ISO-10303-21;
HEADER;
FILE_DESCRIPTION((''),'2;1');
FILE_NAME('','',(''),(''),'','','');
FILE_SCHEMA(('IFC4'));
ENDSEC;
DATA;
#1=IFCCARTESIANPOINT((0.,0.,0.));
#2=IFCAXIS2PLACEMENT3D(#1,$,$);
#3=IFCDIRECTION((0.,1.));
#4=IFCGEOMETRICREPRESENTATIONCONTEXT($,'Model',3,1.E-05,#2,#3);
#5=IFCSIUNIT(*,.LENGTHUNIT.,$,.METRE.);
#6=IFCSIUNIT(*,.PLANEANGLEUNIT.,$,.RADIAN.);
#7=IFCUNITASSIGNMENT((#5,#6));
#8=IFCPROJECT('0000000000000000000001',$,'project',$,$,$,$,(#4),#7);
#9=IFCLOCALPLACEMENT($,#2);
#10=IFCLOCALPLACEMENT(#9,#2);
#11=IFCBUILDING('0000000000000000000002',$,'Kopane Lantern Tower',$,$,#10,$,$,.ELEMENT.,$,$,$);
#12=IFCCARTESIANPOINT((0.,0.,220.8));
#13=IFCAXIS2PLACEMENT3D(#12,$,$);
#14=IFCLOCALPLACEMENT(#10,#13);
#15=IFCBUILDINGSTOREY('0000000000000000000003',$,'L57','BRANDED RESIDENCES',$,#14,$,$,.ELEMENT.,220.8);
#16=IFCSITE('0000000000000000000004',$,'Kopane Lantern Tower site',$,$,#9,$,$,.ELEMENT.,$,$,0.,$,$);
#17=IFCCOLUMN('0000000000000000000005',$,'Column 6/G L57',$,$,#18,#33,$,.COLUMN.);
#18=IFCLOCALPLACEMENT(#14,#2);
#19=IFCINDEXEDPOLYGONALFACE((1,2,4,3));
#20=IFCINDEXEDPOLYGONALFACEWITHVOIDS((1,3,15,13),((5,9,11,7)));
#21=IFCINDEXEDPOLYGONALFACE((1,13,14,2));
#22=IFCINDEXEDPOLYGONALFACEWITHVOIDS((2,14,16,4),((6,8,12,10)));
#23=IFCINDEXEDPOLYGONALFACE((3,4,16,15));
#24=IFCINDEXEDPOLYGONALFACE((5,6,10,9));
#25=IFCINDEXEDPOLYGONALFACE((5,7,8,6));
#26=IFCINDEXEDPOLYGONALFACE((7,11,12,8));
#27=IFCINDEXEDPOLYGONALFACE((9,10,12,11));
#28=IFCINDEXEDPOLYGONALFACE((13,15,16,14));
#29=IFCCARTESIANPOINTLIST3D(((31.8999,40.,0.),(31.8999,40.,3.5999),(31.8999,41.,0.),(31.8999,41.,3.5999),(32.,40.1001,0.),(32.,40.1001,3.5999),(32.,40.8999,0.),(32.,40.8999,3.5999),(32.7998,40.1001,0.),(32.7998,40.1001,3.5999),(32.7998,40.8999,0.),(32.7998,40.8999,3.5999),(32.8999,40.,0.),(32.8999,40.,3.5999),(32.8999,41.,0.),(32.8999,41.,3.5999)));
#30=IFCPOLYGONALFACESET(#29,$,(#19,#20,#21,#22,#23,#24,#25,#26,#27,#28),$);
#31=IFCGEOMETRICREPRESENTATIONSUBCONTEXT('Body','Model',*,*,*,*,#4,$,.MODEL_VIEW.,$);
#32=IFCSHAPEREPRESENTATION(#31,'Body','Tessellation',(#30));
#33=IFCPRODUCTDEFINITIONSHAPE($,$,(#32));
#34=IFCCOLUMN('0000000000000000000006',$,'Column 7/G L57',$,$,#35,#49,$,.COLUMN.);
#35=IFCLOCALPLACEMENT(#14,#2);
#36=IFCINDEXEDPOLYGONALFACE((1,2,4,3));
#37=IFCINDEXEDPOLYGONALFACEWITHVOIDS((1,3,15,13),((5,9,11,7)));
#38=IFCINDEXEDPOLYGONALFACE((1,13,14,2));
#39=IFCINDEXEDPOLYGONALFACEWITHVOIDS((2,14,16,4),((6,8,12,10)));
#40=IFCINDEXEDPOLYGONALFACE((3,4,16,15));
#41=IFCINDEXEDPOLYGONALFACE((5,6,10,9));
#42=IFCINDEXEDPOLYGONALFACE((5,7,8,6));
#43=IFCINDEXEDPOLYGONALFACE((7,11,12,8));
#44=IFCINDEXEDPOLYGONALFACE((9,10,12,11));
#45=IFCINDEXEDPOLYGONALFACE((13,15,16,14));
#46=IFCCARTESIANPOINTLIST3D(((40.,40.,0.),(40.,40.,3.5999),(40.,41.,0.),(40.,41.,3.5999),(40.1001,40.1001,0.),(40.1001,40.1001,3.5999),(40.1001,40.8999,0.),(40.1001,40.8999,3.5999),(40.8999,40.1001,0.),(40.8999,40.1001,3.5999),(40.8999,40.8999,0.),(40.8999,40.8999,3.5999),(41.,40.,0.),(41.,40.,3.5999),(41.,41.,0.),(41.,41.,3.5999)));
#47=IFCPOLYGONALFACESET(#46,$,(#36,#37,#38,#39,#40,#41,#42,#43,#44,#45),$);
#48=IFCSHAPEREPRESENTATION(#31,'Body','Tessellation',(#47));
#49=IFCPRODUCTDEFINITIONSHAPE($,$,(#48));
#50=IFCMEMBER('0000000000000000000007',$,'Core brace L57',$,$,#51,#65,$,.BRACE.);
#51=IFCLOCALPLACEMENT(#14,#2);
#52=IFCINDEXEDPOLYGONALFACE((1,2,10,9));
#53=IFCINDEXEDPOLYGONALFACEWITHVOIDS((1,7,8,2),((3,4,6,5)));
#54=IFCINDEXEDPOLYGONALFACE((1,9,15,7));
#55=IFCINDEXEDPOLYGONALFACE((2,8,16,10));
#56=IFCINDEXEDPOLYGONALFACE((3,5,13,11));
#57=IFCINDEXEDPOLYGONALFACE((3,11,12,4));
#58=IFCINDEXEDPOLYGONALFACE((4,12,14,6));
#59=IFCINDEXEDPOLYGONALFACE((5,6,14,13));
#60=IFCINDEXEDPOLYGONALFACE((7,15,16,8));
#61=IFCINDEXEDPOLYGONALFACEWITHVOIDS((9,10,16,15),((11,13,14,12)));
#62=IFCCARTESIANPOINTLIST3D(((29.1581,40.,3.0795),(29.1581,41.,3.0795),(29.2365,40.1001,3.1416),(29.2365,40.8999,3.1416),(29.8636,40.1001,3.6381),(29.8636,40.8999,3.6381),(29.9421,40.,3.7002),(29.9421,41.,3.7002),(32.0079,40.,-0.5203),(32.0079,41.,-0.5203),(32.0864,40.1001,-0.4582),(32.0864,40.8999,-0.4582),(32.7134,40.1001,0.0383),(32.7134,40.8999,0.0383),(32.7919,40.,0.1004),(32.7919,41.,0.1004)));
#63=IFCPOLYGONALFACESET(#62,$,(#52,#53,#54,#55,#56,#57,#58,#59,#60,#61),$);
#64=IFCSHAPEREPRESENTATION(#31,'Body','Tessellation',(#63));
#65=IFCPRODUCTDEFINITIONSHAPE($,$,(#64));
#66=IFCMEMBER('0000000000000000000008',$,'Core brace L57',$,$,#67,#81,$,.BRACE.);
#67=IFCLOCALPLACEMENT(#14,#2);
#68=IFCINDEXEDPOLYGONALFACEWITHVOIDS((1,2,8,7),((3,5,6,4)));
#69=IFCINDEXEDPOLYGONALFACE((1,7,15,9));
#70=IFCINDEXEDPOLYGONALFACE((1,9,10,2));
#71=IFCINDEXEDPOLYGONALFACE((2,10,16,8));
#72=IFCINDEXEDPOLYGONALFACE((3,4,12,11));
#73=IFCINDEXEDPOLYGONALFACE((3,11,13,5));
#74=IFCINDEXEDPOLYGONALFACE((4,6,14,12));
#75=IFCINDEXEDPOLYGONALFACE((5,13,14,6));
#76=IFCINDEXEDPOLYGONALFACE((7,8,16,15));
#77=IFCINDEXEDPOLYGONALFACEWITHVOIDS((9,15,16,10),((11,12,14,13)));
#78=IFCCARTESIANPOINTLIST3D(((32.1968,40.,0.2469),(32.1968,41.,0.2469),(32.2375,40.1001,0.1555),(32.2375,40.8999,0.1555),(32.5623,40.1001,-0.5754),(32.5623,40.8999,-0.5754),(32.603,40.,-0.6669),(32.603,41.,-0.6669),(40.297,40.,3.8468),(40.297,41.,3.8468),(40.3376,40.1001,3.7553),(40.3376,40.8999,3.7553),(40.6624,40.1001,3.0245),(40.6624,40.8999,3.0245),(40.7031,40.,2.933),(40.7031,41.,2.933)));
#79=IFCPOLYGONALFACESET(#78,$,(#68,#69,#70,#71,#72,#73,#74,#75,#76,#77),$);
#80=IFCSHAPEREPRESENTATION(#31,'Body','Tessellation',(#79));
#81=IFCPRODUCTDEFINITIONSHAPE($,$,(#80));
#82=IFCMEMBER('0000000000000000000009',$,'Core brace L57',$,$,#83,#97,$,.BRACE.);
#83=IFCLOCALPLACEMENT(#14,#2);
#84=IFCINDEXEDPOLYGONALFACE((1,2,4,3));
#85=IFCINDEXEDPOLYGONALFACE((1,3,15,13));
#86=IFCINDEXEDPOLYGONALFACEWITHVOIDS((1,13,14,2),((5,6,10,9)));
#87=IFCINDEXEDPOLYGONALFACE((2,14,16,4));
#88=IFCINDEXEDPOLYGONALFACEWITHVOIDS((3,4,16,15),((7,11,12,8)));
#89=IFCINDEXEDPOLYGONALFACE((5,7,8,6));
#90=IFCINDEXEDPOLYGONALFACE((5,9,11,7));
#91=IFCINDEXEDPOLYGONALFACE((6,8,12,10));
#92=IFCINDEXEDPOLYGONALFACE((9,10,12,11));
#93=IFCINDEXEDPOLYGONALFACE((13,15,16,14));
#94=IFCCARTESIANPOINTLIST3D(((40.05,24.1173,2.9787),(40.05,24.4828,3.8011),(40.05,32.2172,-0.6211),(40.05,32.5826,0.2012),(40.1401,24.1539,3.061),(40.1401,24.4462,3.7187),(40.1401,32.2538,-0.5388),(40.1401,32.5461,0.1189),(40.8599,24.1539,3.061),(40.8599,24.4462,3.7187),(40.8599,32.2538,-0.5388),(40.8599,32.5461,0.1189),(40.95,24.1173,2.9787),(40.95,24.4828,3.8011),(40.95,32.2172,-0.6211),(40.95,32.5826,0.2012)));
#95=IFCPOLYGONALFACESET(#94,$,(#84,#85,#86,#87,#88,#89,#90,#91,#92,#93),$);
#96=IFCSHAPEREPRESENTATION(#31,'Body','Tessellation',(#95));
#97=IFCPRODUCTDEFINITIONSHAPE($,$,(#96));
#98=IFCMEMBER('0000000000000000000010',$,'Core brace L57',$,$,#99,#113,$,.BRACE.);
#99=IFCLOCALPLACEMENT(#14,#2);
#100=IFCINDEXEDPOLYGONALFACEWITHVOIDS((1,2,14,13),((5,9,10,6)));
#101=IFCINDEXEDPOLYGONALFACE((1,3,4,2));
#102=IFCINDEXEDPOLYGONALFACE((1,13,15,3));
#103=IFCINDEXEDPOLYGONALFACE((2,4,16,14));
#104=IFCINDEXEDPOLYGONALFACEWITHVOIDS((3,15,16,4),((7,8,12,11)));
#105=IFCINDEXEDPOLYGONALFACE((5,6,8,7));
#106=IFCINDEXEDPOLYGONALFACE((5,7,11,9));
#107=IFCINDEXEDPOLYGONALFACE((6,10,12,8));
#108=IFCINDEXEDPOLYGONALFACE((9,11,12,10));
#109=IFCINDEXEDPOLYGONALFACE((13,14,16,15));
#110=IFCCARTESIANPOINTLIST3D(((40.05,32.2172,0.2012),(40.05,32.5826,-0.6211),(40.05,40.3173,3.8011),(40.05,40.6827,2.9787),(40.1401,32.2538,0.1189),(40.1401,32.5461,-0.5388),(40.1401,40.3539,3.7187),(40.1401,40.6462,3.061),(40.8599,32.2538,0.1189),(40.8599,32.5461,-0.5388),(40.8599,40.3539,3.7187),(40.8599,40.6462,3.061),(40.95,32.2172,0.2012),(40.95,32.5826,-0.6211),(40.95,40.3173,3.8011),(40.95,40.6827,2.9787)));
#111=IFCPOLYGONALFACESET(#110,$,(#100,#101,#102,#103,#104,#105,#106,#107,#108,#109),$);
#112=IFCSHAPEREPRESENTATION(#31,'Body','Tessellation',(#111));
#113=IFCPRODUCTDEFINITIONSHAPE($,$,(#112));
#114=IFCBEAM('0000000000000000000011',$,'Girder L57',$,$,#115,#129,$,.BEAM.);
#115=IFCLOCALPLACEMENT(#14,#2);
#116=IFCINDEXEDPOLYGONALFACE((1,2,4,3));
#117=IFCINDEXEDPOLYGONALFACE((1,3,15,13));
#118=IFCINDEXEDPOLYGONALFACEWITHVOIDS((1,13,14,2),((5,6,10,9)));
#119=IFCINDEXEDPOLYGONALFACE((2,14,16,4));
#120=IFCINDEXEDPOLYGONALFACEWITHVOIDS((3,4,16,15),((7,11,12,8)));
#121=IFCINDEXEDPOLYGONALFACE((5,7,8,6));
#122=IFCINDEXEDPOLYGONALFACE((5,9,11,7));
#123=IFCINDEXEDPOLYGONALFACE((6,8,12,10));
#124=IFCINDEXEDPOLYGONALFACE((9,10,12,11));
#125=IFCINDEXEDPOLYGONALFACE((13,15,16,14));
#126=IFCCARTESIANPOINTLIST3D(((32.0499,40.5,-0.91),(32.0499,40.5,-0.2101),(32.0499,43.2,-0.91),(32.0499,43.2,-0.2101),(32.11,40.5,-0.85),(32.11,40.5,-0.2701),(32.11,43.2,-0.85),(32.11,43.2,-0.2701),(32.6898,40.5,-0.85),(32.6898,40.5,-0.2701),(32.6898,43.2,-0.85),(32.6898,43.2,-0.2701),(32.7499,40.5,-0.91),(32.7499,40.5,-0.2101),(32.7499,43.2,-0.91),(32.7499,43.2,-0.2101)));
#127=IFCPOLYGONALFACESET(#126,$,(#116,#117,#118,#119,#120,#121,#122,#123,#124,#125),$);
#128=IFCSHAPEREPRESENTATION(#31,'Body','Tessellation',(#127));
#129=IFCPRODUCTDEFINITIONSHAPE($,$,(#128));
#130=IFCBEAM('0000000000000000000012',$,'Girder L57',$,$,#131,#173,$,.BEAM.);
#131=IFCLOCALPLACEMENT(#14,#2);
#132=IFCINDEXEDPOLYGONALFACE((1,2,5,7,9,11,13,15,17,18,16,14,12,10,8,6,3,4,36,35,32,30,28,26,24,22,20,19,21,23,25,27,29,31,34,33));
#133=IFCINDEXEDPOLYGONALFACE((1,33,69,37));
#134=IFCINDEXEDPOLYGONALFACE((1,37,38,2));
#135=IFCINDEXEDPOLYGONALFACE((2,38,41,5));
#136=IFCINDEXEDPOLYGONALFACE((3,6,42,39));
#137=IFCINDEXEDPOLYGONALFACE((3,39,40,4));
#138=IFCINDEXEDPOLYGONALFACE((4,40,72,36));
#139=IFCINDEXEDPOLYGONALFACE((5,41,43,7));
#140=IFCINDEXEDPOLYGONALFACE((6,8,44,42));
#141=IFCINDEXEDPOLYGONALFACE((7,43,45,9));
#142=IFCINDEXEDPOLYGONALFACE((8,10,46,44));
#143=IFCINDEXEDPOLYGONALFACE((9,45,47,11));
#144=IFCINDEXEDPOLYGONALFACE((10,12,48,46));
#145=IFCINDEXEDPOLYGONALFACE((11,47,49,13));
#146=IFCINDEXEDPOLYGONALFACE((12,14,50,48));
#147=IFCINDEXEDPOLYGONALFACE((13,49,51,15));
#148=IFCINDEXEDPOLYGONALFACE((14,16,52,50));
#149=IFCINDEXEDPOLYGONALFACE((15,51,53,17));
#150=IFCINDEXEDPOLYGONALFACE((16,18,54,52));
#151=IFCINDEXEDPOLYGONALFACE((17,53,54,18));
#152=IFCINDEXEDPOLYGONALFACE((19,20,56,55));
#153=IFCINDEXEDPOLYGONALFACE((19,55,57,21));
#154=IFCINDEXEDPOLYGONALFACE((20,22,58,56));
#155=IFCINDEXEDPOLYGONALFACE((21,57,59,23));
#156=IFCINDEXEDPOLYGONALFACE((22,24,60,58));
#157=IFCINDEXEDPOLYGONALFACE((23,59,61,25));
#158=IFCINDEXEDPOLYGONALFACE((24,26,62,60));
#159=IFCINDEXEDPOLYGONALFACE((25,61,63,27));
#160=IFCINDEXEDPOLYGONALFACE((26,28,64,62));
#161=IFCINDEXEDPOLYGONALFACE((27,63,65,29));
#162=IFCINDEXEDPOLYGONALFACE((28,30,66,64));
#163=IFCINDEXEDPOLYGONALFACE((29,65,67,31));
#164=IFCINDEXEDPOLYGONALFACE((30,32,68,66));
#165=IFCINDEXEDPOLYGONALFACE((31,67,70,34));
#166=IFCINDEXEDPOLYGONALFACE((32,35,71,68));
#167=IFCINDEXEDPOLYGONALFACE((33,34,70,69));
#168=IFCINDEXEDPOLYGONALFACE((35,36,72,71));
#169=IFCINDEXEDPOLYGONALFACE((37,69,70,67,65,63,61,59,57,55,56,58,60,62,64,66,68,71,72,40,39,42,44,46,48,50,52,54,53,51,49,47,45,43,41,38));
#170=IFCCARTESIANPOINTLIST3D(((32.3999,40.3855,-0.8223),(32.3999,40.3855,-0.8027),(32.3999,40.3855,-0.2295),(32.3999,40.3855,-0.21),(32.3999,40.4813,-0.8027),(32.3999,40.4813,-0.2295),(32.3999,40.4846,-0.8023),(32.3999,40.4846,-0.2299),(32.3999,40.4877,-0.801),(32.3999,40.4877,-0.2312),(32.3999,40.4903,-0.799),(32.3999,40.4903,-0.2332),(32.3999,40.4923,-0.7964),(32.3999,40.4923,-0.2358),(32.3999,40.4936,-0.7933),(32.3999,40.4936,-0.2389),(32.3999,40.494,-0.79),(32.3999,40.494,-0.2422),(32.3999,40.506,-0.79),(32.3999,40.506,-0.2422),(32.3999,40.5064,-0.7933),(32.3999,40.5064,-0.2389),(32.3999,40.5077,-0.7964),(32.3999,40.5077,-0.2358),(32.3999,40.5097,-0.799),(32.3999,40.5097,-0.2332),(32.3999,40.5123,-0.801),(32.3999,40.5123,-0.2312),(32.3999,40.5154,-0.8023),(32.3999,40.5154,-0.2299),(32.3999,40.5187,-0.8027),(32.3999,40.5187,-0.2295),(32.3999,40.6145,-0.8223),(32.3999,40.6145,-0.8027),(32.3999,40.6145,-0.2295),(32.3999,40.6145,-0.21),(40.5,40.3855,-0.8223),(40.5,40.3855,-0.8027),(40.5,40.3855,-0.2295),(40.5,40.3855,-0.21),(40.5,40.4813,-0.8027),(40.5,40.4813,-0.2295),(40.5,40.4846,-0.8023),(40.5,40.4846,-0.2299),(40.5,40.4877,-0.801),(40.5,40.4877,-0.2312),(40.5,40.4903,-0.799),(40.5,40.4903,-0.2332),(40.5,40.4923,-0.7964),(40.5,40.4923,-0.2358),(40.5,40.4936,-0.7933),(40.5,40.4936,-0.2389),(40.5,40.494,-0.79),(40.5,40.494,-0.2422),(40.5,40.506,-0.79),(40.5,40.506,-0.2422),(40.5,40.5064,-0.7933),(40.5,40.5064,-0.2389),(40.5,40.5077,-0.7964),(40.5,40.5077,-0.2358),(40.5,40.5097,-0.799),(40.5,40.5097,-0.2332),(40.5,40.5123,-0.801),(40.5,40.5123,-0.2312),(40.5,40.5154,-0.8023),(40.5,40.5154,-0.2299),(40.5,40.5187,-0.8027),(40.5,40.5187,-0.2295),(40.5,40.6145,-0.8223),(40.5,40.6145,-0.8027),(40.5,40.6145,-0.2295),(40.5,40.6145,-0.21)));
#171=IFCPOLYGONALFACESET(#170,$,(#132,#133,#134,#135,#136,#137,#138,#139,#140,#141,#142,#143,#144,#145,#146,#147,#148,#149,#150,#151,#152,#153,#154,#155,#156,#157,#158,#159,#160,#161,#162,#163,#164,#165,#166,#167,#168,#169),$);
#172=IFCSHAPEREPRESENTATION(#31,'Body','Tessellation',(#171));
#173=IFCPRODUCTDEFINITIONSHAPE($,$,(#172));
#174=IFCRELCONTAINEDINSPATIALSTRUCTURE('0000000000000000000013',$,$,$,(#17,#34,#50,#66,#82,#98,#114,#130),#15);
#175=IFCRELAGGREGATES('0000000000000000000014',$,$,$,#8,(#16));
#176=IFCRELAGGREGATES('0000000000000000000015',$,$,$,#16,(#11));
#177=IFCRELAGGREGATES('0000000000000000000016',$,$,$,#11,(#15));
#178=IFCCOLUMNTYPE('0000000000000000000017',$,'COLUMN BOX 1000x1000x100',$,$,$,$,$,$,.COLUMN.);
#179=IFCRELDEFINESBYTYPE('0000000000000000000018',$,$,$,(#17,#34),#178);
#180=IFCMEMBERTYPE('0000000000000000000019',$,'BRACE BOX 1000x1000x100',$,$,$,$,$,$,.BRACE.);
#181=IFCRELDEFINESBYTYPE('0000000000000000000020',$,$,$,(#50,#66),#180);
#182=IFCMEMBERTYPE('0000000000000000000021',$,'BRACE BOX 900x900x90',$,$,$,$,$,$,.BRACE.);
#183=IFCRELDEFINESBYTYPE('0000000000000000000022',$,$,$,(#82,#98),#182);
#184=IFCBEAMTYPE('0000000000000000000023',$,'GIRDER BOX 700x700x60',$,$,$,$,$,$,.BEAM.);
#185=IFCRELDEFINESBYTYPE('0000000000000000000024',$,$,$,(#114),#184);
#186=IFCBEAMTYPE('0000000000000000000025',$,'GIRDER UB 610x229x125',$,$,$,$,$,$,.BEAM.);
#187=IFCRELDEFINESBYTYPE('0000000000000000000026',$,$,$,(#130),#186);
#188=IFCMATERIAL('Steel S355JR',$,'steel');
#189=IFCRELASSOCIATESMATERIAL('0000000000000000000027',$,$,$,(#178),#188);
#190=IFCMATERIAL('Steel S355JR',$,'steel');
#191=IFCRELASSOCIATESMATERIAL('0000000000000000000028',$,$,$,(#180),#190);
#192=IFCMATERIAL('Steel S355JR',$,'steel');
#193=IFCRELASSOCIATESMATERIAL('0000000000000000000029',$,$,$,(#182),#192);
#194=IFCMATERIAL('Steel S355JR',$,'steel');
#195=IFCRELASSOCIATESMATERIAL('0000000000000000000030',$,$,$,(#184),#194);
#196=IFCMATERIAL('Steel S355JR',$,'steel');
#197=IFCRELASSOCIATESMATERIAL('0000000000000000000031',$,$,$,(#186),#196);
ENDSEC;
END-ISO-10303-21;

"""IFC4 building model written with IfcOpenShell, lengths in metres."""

from ifc_helpers import new_model, si_unit, direction, frame, origin, origin_2d, place, context, subcontext, project, spatial, hollow_rectangle, i_section, extrude, material, material_profile, profile_set, type_object, element, save


model = new_model("IFC4")

# Units and contexts
model_context = context("Model", 3, precision=1e-05, world=origin(), true_north=direction((0.0, 1.0)))
body_context = subcontext(model_context, "Body", "Model", "MODEL_VIEW")
ifc_project = project(units=[si_unit("LENGTHUNIT", "METRE"), si_unit("PLANEANGLEUNIT", "RADIAN")], contexts=[model_context])

# Site, building, storey
site_placement = place(None, origin())
site = spatial("IfcSite", under=ifc_project, at=site_placement, Name="Kopane Lantern Tower site", CompositionType="ELEMENT", RefElevation=0.0)
building_placement = place(site_placement, origin())
building = spatial("IfcBuilding", under=site, at=building_placement, Name="Kopane Lantern Tower", CompositionType="ELEMENT")
storey_placement = place(building_placement, frame((0.0, 0.0, 220.8)))
storey = spatial("IfcBuildingStorey", under=building, at=storey_placement, Name="L57", Description="BRANDED RESIDENCES", CompositionType="ELEMENT", Elevation=220.8)

# Columns
ifc_material_1 = material(Name="Steel S355JR", Category="steel")
ifc_material_profile_1 = material_profile(ifc_material_1, hollow_rectangle(XDim=1.0, YDim=1.0, WallThickness=0.1001, at=origin_2d()), Name="BOX 1000x1000x100")
ifc_profile_set_1 = profile_set([ifc_material_profile_1], Name="Steel S355JR")
column_type = type_object("IfcColumnType", Name="COLUMN BOX 1000x1000x100", PredefinedType="COLUMN", material=ifc_profile_set_1)
for number, where, z_axis, x_axis, name in (
    (1, (32.3999, 40.5, 0.0), (0.0, 0.0, 1.0), (1.0, 0.0, 0.0), "Column 6/G L57"),
    (2, (40.5, 40.5, 0.0), (0.0, 0.0, 1.0), (1.0, 0.0, 0.0), "Column 7/G L57"),
):
    element("IfcColumn", number, at=place(storey_placement, frame(where, z_axis=z_axis, x_axis=x_axis)), inside=storey, type_object=column_type, Name=name, PredefinedType="COLUMN", context=body_context, shape_type="SweptSolid", body=[
        extrude(hollow_rectangle(XDim=1.0, YDim=1.0, WallThickness=0.1001, at=origin_2d()), origin(), (0.0, 0.0, 1.0), 3.5999),
    ])

# Members
ifc_material_2 = material(Name="Steel S355JR", Category="steel")
ifc_material_profile_2 = material_profile(ifc_material_2, hollow_rectangle(XDim=1.0, YDim=1.0, WallThickness=0.1001, at=origin_2d()), Name="BOX 1000x1000x100")
ifc_profile_set_2 = profile_set([ifc_material_profile_2], Name="Steel S355JR")
member_type_1 = type_object("IfcMemberType", Name="BRACE BOX 1000x1000x100", PredefinedType="BRACE", material=ifc_profile_set_2)
member_1_placement = place(storey_placement, frame((32.3999, 40.5, -0.21), z_axis=(-0.620699, 0.0, 0.784049), x_axis=(0.0, -1.0, 0.0)))
element("IfcMember", 3, at=member_1_placement, inside=storey, type_object=member_type_1, Name="Core brace L57", PredefinedType="BRACE", context=body_context, shape_type="SweptSolid", body=[
    extrude(hollow_rectangle(XDim=1.0, YDim=1.0, WallThickness=0.1001, at=origin_2d()), origin(), (0.0, 0.0, 1.0), 4.5913),
])
member_2_placement = place(storey_placement, frame((32.3999, 40.5, -0.21), z_axis=(0.913819, 0.0, 0.406121), x_axis=(0.0, 1.0, 0.0)))
element("IfcMember", 4, at=member_2_placement, inside=storey, type_object=member_type_1, Name="Core brace L57", PredefinedType="BRACE", context=body_context, shape_type="SweptSolid", body=[
    extrude(hollow_rectangle(XDim=1.0, YDim=1.0, WallThickness=0.1001, at=origin_2d()), origin(), (0.0, 0.0, 1.0), 8.864),
])
ifc_material_3 = material(Name="Steel S355JR", Category="steel")
ifc_material_profile_3 = material_profile(ifc_material_3, hollow_rectangle(XDim=0.8999, YDim=0.8999, WallThickness=0.0901, at=origin_2d()), Name="BOX 900x900x90")
ifc_profile_set_3 = profile_set([ifc_material_profile_3], Name="Steel S355JR")
member_type_2 = type_object("IfcMemberType", Name="BRACE BOX 900x900x90", PredefinedType="BRACE", material=ifc_profile_set_3)
member_3_placement = place(storey_placement, frame((40.5, 32.3999, -0.21), z_axis=(0.0, -0.913815, 0.406131), x_axis=(1.0, 0.0, 0.0)))
element("IfcMember", 5, at=member_3_placement, inside=storey, type_object=member_type_2, Name="Core brace L57", PredefinedType="BRACE", context=body_context, shape_type="SweptSolid", body=[
    extrude(hollow_rectangle(XDim=0.8999, YDim=0.8999, WallThickness=0.0901, at=origin_2d()), origin(), (0.0, 0.0, 1.0), 8.8638),
])
member_4_placement = place(storey_placement, frame((40.5, 32.3999, -0.21), z_axis=(0.0, 0.913819, 0.406121), x_axis=(-1.0, 0.0, 0.0)))
element("IfcMember", 6, at=member_4_placement, inside=storey, type_object=member_type_2, Name="Core brace L57", PredefinedType="BRACE", context=body_context, shape_type="SweptSolid", body=[
    extrude(hollow_rectangle(XDim=0.8999, YDim=0.8999, WallThickness=0.0901, at=origin_2d()), origin(), (0.0, 0.0, 1.0), 8.864),
])

# Beams
ifc_material_4 = material(Name="Steel S355JR", Category="steel")
ifc_material_profile_4 = material_profile(ifc_material_4, hollow_rectangle(XDim=0.7, YDim=0.7, WallThickness=0.0601, at=origin_2d()), Name="BOX 700x700x60")
ifc_profile_set_4 = profile_set([ifc_material_profile_4], Name="Steel S355JR")
beam_type_1 = type_object("IfcBeamType", Name="GIRDER BOX 700x700x60", PredefinedType="BEAM", material=ifc_profile_set_4)
beam_placement = place(storey_placement, frame((32.3999, 40.5, -0.5601), z_axis=(0.0, 1.0, 0.0), x_axis=(-1.0, 0.0, 0.0)))
element("IfcBeam", 7, at=beam_placement, inside=storey, type_object=beam_type_1, Name="Girder L57", PredefinedType="BEAM", context=body_context, shape_type="SweptSolid", body=[
    extrude(hollow_rectangle(XDim=0.7, YDim=0.7, WallThickness=0.0601, at=origin_2d()), origin(), (0.0, 0.0, 1.0), 2.7),
])
ifc_material_5 = material(Name="Steel S355JR", Category="steel")
ifc_material_profile_5 = material_profile(ifc_material_5, i_section(OverallWidth=0.229, OverallDepth=0.6123, WebThickness=0.012, FlangeThickness=0.0195, FilletRadius=0.0127, at=origin_2d()), Name="UB 610x229x125")
ifc_profile_set_5 = profile_set([ifc_material_profile_5], Name="Steel S355JR")
beam_type_2 = type_object("IfcBeamType", Name="GIRDER UB 610x229x125", PredefinedType="BEAM", material=ifc_profile_set_5)
for number, where, z_axis, x_axis, name in (
    (8, (32.3999, 40.5, -0.5161), (1.0, 0.0, 0.0), (0.0, 1.0, 0.0), "Girder L57"),
):
    element("IfcBeam", number, at=place(storey_placement, frame(where, z_axis=z_axis, x_axis=x_axis)), inside=storey, type_object=beam_type_2, Name=name, PredefinedType="BEAM", context=body_context, shape_type="SweptSolid", body=[
        extrude(i_section(OverallWidth=0.229, OverallDepth=0.6123, WebThickness=0.012, FlangeThickness=0.0195, FilletRadius=0.0127, at=origin_2d()), origin(), (0.0, 0.0, 1.0), 8.1001),
    ])

save(model, "model.ifc")
